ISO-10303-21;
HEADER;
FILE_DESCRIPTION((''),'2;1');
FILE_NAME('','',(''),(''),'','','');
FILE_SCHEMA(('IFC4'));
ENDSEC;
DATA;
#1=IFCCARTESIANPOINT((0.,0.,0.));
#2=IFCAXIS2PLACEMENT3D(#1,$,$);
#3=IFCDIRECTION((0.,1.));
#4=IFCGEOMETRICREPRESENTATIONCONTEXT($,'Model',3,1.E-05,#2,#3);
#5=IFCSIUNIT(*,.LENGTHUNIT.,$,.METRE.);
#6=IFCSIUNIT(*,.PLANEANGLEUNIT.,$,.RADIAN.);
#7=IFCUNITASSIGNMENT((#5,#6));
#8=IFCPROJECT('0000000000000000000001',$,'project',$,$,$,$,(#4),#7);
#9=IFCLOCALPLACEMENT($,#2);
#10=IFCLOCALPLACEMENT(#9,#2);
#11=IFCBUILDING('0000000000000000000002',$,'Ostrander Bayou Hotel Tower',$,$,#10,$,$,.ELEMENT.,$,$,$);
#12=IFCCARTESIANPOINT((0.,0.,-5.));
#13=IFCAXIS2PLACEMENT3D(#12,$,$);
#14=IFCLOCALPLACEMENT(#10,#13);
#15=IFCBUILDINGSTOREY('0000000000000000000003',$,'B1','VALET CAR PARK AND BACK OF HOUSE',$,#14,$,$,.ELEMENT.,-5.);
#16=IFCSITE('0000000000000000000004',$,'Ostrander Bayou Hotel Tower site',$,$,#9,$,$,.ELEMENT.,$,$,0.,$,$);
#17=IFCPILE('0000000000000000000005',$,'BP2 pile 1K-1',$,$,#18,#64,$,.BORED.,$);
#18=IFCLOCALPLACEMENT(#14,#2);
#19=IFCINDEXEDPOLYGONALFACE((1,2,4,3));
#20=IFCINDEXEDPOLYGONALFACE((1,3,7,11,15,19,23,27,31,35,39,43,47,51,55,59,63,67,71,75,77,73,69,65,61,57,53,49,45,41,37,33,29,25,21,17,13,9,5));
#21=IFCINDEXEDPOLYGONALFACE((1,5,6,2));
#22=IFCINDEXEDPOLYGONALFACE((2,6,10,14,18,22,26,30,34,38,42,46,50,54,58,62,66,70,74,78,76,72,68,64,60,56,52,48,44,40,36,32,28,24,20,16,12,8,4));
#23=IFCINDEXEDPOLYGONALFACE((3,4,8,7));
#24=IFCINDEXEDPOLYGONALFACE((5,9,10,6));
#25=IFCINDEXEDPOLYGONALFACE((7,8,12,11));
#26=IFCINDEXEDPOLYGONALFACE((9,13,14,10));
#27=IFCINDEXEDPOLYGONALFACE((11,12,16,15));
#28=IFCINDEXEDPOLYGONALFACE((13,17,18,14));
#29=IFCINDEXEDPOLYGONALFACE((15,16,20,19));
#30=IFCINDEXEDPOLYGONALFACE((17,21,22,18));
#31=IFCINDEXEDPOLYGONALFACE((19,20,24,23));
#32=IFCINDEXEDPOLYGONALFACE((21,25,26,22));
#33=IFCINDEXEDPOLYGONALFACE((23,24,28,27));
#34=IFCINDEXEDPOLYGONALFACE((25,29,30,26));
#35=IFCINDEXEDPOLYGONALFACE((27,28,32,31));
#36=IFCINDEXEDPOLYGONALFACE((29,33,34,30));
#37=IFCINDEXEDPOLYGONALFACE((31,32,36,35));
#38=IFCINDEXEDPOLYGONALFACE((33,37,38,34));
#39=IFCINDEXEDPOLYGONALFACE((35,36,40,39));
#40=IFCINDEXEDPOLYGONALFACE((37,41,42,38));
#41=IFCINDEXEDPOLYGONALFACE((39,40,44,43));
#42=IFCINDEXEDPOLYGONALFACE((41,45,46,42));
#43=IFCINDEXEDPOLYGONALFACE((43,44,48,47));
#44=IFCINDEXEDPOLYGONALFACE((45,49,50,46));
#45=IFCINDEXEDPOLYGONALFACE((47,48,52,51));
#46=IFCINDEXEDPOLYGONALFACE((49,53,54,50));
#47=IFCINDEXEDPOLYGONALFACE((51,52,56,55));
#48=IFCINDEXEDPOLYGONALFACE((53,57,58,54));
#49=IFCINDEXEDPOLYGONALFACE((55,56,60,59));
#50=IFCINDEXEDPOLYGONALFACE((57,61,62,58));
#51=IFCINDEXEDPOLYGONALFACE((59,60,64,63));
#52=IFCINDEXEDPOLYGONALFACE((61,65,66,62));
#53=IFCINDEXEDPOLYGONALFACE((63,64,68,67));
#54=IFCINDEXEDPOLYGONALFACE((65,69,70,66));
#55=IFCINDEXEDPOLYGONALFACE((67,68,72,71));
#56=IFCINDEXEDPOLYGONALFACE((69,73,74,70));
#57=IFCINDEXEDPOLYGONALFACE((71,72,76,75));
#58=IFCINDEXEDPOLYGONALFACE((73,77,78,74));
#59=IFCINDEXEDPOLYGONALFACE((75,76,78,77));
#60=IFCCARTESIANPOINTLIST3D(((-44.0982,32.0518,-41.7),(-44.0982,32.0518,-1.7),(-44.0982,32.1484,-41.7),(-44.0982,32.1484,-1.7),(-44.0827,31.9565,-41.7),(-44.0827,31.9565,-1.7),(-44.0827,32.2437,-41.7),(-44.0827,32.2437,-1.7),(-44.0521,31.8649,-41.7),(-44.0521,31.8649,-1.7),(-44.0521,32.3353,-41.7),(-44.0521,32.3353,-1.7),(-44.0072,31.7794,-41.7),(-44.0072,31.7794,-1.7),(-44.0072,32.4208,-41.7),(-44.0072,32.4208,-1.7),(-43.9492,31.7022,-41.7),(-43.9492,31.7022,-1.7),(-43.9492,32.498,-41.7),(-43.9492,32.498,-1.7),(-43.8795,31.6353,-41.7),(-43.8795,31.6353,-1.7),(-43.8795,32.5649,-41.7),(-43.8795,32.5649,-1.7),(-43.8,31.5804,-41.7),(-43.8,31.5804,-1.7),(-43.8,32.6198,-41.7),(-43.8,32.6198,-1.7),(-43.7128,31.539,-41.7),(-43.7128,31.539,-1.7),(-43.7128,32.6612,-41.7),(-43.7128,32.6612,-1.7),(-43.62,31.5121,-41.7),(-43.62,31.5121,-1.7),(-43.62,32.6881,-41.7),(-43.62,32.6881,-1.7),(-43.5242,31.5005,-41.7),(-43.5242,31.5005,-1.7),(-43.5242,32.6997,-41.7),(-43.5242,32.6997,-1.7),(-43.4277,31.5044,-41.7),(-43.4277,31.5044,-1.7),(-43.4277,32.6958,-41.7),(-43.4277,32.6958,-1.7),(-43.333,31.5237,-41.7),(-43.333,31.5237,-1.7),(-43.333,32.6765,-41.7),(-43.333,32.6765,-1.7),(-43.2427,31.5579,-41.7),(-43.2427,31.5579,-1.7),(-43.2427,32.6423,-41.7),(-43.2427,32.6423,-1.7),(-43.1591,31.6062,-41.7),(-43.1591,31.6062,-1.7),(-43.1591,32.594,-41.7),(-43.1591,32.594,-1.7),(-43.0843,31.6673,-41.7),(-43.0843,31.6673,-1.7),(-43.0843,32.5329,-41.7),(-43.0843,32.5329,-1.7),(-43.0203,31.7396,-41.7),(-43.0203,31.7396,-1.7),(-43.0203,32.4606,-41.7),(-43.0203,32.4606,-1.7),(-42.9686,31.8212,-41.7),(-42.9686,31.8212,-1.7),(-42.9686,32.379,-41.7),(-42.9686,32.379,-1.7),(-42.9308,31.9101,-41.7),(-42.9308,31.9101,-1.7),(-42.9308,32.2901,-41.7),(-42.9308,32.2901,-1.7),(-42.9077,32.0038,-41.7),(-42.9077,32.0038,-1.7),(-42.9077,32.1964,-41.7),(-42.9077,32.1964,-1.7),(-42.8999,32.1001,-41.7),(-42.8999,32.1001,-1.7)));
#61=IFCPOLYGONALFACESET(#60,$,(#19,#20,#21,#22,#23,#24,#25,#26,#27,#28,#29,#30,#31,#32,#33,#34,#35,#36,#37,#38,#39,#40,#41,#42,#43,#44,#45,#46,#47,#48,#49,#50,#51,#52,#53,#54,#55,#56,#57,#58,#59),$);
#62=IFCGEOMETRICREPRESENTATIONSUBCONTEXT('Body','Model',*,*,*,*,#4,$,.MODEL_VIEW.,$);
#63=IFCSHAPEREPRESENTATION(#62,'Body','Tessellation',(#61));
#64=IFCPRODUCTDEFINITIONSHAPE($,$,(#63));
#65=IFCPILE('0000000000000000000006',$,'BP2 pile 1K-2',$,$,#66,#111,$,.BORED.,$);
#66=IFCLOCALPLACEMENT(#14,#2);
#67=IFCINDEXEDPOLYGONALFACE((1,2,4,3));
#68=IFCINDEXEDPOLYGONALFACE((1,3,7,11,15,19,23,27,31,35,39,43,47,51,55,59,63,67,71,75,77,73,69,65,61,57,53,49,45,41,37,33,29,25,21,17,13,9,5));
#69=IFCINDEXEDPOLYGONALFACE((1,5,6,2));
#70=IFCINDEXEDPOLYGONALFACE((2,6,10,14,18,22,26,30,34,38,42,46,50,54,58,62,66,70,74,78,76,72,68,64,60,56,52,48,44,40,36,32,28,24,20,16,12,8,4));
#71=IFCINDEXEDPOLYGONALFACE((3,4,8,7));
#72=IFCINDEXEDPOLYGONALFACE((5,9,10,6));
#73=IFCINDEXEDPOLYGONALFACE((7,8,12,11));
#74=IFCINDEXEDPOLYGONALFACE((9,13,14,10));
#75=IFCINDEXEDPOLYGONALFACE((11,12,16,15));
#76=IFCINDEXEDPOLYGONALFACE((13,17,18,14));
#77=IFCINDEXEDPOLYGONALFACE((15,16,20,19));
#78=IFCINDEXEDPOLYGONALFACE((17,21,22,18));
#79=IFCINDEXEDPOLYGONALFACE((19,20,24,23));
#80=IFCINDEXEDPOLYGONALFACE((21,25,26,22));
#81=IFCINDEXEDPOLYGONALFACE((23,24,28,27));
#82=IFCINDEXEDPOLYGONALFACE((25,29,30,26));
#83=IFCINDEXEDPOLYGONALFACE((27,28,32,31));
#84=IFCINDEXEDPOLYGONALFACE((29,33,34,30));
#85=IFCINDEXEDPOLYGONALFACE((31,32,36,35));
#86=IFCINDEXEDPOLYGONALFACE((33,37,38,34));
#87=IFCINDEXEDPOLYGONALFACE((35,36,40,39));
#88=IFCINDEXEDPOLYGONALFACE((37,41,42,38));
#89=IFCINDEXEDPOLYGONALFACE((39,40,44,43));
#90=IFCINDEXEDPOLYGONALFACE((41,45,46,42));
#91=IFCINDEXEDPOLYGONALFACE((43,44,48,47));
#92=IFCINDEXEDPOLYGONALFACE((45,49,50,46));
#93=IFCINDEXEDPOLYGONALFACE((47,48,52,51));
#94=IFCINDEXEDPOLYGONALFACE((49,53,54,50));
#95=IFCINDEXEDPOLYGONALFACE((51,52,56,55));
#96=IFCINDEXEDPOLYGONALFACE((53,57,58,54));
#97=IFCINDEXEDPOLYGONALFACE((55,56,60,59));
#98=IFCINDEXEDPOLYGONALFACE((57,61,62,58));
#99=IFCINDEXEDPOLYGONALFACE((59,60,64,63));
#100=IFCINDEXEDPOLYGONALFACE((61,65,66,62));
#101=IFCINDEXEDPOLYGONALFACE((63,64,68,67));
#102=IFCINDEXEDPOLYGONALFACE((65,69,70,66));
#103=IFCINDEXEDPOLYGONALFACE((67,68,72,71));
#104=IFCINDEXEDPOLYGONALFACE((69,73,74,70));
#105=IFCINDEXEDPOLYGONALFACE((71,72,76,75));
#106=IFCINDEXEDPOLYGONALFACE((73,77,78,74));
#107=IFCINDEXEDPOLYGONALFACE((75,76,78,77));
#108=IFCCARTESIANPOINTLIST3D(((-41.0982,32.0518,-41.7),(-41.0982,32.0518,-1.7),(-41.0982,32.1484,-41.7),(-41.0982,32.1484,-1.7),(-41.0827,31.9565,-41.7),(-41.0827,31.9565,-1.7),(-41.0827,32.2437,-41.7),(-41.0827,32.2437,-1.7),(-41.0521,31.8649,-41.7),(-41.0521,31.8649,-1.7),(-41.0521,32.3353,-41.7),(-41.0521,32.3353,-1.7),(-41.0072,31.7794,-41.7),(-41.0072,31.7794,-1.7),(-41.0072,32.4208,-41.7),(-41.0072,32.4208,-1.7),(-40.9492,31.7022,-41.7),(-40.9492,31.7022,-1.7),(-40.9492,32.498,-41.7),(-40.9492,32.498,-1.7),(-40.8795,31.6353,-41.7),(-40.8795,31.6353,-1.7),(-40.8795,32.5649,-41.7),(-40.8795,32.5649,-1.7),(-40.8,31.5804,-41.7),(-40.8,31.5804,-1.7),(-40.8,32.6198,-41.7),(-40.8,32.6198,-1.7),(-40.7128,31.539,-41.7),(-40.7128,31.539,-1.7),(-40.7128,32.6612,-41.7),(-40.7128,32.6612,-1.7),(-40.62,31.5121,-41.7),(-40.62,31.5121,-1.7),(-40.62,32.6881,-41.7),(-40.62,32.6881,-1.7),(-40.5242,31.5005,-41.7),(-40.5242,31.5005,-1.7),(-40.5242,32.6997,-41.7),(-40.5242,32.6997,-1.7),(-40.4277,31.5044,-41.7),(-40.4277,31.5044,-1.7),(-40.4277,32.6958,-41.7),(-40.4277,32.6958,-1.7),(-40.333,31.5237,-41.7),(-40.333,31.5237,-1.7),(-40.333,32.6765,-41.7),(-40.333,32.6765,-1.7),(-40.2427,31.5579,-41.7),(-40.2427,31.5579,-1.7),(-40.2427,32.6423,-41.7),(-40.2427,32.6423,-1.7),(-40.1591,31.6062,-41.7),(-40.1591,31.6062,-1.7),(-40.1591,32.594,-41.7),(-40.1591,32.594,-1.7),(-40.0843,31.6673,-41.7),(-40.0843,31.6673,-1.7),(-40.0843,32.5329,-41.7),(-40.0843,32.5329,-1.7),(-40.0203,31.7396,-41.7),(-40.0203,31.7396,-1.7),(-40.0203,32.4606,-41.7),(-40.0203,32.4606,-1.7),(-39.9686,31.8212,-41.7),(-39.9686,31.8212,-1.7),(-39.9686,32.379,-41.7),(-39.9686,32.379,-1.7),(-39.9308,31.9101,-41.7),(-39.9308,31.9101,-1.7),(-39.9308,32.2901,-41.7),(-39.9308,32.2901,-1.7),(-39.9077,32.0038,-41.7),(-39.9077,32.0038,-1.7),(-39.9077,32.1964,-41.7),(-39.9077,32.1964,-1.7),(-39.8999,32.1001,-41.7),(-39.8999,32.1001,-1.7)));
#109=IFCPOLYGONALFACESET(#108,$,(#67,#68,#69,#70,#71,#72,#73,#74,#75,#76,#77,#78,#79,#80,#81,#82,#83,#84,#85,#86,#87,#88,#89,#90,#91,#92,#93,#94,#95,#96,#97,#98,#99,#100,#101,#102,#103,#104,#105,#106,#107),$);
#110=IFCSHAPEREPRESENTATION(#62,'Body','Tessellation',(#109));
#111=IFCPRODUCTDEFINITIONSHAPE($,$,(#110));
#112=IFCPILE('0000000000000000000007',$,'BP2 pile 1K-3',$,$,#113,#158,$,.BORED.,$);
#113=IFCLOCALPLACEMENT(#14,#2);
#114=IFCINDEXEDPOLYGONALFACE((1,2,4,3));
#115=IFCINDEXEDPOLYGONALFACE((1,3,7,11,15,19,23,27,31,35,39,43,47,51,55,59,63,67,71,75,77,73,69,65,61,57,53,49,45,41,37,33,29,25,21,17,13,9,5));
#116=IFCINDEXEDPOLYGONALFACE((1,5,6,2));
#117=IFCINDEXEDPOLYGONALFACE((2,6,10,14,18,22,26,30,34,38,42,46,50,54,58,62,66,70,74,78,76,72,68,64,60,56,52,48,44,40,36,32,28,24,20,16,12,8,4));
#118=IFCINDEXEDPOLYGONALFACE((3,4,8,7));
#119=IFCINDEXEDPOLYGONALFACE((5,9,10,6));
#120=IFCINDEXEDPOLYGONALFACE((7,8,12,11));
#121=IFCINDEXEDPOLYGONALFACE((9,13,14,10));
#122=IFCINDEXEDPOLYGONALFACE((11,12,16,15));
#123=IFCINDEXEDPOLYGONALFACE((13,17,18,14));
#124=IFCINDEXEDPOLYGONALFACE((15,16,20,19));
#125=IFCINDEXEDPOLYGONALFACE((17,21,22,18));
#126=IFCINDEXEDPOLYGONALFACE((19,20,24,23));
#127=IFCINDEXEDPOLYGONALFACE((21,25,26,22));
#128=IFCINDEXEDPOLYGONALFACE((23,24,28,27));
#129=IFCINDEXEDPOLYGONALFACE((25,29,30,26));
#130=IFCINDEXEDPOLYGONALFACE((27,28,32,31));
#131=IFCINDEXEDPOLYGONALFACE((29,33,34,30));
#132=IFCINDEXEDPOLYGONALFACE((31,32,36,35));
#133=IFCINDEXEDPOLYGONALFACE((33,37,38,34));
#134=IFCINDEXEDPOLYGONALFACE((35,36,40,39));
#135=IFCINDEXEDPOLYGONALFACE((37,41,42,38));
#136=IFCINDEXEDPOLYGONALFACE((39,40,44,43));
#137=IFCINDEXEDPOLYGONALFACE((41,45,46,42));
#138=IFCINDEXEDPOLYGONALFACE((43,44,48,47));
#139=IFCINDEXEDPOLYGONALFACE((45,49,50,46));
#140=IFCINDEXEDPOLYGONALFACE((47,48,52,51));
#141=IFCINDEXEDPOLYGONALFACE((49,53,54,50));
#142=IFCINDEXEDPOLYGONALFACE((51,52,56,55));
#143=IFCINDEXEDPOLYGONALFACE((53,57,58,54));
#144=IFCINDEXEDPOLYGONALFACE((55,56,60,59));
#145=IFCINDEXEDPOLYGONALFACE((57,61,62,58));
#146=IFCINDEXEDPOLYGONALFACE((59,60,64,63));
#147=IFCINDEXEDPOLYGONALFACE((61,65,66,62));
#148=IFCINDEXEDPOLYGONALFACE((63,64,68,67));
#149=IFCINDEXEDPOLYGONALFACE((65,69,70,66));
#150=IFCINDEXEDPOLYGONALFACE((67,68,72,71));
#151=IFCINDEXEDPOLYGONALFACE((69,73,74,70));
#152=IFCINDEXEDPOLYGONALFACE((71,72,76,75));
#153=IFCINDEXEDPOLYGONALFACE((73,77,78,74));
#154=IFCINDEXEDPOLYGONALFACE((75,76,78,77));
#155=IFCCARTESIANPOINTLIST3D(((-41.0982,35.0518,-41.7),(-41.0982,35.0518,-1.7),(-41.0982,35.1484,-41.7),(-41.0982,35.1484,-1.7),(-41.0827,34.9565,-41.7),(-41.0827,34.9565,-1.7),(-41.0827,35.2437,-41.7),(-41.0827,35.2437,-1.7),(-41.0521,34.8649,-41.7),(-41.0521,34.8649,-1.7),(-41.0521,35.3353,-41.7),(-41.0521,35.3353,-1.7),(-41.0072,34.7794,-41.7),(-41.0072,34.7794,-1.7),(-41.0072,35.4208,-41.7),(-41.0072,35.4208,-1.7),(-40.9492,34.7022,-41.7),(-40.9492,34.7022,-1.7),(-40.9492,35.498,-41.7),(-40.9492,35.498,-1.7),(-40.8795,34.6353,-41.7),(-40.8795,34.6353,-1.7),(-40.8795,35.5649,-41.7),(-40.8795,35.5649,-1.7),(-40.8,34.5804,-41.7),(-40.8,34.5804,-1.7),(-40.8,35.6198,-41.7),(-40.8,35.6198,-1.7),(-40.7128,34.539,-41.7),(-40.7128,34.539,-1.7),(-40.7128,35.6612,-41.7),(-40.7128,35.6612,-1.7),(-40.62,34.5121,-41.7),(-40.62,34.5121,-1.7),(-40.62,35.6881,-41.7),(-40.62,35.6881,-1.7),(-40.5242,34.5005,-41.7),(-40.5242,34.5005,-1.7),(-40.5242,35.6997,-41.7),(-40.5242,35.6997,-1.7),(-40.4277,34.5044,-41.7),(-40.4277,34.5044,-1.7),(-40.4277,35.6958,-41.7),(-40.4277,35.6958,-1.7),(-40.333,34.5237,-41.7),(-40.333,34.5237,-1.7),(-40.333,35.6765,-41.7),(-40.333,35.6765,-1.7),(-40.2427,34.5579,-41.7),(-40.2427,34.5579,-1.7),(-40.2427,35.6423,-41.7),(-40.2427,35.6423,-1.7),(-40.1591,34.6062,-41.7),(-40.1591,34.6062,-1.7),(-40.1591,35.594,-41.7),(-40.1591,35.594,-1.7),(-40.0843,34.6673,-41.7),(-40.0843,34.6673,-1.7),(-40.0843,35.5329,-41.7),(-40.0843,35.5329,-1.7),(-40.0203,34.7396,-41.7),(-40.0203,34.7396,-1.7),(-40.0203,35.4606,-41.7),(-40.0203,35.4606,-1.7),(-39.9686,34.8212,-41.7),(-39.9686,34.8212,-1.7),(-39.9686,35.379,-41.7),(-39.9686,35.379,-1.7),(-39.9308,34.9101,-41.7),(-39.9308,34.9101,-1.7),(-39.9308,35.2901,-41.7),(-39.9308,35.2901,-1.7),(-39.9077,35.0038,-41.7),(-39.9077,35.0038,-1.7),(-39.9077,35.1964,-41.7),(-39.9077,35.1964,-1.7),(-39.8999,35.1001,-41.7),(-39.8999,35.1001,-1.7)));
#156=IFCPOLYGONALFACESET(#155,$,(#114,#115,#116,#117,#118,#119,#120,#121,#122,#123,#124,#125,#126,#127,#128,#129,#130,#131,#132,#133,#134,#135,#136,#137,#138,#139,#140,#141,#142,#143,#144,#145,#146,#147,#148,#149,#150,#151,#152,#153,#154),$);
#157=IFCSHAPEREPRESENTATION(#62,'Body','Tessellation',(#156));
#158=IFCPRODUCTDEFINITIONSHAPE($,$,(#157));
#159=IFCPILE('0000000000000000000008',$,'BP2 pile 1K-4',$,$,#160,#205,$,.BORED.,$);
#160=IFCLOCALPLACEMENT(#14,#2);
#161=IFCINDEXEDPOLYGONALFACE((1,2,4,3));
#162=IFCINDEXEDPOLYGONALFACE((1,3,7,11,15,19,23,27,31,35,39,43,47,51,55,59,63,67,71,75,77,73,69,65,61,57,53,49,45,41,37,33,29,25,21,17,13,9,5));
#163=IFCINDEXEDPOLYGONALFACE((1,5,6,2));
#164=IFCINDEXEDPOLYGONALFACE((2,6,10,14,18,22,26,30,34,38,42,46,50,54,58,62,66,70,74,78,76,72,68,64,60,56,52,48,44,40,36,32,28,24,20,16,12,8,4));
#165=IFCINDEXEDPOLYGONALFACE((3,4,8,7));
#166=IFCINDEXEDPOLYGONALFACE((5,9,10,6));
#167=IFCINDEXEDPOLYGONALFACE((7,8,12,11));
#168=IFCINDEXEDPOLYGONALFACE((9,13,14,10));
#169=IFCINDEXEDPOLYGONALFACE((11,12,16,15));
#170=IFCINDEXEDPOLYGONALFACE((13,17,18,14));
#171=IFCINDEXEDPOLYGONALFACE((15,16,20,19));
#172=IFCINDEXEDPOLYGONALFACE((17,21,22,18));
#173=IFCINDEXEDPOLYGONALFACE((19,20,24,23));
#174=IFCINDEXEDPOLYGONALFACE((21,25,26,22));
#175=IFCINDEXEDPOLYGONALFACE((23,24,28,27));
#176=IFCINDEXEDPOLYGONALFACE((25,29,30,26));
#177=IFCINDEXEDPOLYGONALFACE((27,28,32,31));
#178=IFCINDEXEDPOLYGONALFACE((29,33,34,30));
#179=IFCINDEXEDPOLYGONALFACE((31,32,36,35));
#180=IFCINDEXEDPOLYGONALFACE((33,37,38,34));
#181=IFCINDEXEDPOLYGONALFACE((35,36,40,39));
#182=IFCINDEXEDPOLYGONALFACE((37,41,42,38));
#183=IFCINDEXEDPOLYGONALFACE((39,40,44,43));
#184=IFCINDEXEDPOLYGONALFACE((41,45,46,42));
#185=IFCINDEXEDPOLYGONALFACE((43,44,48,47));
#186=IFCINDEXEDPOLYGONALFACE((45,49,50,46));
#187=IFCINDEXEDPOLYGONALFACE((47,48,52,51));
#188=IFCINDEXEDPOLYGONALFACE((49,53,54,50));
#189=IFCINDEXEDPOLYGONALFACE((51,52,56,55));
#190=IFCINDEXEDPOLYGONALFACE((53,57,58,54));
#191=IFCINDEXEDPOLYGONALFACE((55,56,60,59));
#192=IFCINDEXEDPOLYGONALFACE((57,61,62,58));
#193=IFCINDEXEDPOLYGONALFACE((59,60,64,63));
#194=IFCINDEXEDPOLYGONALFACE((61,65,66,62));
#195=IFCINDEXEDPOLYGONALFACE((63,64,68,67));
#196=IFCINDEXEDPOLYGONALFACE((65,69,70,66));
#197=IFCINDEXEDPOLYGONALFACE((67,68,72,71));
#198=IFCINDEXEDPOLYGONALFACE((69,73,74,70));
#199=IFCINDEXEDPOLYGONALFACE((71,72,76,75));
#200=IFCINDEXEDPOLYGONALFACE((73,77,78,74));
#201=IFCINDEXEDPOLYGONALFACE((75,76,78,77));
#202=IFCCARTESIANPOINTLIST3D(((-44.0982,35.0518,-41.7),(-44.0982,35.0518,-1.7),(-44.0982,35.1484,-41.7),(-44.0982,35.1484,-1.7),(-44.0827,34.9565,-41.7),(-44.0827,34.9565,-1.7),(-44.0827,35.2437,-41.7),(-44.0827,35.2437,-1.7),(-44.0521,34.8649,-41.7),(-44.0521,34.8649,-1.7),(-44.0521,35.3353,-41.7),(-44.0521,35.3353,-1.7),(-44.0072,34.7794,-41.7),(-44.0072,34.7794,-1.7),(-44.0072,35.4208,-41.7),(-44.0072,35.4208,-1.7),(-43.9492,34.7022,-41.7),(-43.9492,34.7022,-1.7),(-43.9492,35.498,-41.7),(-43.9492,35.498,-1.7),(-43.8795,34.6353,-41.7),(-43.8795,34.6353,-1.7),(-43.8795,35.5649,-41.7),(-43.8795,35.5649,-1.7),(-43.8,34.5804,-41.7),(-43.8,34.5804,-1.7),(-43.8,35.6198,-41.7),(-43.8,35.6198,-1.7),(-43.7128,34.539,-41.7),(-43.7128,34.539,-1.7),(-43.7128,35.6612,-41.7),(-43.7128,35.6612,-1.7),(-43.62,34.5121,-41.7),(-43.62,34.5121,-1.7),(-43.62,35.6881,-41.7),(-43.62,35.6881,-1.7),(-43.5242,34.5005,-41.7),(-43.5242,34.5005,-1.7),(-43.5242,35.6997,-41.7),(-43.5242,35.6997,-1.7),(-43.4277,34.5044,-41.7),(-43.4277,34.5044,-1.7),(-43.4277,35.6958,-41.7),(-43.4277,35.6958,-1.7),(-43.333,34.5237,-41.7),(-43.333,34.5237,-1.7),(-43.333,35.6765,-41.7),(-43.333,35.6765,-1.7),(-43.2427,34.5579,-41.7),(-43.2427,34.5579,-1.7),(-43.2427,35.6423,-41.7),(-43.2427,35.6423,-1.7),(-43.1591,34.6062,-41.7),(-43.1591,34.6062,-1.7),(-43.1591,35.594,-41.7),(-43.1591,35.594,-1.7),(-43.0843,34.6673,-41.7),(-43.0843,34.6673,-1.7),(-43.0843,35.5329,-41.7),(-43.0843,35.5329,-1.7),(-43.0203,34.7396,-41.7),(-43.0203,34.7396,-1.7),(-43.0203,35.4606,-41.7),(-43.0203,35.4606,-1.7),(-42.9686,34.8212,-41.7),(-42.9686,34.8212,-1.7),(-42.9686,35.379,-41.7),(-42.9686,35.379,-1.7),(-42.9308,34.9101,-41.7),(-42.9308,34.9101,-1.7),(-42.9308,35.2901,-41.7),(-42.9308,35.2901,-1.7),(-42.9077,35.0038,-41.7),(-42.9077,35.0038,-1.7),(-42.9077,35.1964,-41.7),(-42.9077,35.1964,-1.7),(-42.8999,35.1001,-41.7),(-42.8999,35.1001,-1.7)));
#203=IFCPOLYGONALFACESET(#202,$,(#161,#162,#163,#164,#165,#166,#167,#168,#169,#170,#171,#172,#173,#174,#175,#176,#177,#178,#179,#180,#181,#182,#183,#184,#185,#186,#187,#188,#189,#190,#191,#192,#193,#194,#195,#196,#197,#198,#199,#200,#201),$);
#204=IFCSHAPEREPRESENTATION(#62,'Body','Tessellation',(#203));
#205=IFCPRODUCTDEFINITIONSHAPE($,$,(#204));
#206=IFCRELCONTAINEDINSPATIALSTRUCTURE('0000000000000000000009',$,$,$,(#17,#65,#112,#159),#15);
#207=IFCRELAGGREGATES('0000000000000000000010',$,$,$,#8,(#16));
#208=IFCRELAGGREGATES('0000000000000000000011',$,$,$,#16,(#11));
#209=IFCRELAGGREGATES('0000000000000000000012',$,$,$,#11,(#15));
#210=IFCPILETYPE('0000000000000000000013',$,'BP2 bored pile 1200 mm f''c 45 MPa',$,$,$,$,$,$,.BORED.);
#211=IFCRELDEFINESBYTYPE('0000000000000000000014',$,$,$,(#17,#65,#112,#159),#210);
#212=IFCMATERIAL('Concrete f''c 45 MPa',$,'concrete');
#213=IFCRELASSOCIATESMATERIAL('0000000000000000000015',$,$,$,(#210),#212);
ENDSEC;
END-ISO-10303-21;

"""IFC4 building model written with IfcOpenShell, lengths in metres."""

from ifc_helpers import new_model, si_unit, direction, frame, origin, origin_2d, place, context, subcontext, project, spatial, circle, extrude, material, material_profile, profile_set, type_object, element, save


model = new_model("IFC4")

# Units and contexts
model_context = context("Model", 3, precision=1e-05, world=origin(), true_north=direction((0.0, 1.0)))
body_context = subcontext(model_context, "Body", "Model", "MODEL_VIEW")
ifc_project = project(units=[si_unit("LENGTHUNIT", "METRE"), si_unit("PLANEANGLEUNIT", "RADIAN")], contexts=[model_context])

# Site, building, storey
site_placement = place(None, origin())
site = spatial("IfcSite", under=ifc_project, at=site_placement, Name="Ostrander Bayou Hotel Tower site", CompositionType="ELEMENT", RefElevation=0.0)
building_placement = place(site_placement, origin())
building = spatial("IfcBuilding", under=site, at=building_placement, Name="Ostrander Bayou Hotel Tower", CompositionType="ELEMENT")
storey_placement = place(building_placement, frame((0.0, 0.0, -5.0)))
storey = spatial("IfcBuildingStorey", under=building, at=storey_placement, Name="B1", Description="VALET CAR PARK AND BACK OF HOUSE", CompositionType="ELEMENT", Elevation=-5.0)

# Piles
ifc_material_1 = material(Name="Concrete f'c 45 MPa", Category="concrete")
ifc_material_profile_1 = material_profile(ifc_material_1, circle(Radius=0.6001, at=origin_2d()))
ifc_profile_set_1 = profile_set([ifc_material_profile_1], Name="Concrete f'c 45 MPa")
pile_type = type_object("IfcPileType", Name="BP2 bored pile 1200 mm f'c 45 MPa", PredefinedType="BORED", material=ifc_profile_set_1)
for number, where, z_axis, x_axis, name in (
    (1, (-43.5, 32.1001, -1.7), (0.0, 0.0, -1.0), (1.0, 0.0, 0.0), "BP2 pile 1K-1"),
    (2, (-40.5, 32.1001, -1.7), (0.0, 0.0, -1.0), (1.0, 0.0, 0.0), "BP2 pile 1K-2"),
    (3, (-40.5, 35.1001, -1.7), (0.0, 0.0, -1.0), (1.0, 0.0, 0.0), "BP2 pile 1K-3"),
    (4, (-43.5, 35.1001, -1.7), (0.0, 0.0, -1.0), (1.0, 0.0, 0.0), "BP2 pile 1K-4"),
):
    element("IfcPile", number, at=place(storey_placement, frame(where, z_axis=z_axis, x_axis=x_axis)), inside=storey, type_object=pile_type, Name=name, PredefinedType="BORED", context=body_context, shape_type="SweptSolid", body=[
        extrude(circle(Radius=0.6001, at=origin_2d()), origin(), (0.0, 0.0, 1.0), 40.0),
    ])

save(model, "model.ifc")
